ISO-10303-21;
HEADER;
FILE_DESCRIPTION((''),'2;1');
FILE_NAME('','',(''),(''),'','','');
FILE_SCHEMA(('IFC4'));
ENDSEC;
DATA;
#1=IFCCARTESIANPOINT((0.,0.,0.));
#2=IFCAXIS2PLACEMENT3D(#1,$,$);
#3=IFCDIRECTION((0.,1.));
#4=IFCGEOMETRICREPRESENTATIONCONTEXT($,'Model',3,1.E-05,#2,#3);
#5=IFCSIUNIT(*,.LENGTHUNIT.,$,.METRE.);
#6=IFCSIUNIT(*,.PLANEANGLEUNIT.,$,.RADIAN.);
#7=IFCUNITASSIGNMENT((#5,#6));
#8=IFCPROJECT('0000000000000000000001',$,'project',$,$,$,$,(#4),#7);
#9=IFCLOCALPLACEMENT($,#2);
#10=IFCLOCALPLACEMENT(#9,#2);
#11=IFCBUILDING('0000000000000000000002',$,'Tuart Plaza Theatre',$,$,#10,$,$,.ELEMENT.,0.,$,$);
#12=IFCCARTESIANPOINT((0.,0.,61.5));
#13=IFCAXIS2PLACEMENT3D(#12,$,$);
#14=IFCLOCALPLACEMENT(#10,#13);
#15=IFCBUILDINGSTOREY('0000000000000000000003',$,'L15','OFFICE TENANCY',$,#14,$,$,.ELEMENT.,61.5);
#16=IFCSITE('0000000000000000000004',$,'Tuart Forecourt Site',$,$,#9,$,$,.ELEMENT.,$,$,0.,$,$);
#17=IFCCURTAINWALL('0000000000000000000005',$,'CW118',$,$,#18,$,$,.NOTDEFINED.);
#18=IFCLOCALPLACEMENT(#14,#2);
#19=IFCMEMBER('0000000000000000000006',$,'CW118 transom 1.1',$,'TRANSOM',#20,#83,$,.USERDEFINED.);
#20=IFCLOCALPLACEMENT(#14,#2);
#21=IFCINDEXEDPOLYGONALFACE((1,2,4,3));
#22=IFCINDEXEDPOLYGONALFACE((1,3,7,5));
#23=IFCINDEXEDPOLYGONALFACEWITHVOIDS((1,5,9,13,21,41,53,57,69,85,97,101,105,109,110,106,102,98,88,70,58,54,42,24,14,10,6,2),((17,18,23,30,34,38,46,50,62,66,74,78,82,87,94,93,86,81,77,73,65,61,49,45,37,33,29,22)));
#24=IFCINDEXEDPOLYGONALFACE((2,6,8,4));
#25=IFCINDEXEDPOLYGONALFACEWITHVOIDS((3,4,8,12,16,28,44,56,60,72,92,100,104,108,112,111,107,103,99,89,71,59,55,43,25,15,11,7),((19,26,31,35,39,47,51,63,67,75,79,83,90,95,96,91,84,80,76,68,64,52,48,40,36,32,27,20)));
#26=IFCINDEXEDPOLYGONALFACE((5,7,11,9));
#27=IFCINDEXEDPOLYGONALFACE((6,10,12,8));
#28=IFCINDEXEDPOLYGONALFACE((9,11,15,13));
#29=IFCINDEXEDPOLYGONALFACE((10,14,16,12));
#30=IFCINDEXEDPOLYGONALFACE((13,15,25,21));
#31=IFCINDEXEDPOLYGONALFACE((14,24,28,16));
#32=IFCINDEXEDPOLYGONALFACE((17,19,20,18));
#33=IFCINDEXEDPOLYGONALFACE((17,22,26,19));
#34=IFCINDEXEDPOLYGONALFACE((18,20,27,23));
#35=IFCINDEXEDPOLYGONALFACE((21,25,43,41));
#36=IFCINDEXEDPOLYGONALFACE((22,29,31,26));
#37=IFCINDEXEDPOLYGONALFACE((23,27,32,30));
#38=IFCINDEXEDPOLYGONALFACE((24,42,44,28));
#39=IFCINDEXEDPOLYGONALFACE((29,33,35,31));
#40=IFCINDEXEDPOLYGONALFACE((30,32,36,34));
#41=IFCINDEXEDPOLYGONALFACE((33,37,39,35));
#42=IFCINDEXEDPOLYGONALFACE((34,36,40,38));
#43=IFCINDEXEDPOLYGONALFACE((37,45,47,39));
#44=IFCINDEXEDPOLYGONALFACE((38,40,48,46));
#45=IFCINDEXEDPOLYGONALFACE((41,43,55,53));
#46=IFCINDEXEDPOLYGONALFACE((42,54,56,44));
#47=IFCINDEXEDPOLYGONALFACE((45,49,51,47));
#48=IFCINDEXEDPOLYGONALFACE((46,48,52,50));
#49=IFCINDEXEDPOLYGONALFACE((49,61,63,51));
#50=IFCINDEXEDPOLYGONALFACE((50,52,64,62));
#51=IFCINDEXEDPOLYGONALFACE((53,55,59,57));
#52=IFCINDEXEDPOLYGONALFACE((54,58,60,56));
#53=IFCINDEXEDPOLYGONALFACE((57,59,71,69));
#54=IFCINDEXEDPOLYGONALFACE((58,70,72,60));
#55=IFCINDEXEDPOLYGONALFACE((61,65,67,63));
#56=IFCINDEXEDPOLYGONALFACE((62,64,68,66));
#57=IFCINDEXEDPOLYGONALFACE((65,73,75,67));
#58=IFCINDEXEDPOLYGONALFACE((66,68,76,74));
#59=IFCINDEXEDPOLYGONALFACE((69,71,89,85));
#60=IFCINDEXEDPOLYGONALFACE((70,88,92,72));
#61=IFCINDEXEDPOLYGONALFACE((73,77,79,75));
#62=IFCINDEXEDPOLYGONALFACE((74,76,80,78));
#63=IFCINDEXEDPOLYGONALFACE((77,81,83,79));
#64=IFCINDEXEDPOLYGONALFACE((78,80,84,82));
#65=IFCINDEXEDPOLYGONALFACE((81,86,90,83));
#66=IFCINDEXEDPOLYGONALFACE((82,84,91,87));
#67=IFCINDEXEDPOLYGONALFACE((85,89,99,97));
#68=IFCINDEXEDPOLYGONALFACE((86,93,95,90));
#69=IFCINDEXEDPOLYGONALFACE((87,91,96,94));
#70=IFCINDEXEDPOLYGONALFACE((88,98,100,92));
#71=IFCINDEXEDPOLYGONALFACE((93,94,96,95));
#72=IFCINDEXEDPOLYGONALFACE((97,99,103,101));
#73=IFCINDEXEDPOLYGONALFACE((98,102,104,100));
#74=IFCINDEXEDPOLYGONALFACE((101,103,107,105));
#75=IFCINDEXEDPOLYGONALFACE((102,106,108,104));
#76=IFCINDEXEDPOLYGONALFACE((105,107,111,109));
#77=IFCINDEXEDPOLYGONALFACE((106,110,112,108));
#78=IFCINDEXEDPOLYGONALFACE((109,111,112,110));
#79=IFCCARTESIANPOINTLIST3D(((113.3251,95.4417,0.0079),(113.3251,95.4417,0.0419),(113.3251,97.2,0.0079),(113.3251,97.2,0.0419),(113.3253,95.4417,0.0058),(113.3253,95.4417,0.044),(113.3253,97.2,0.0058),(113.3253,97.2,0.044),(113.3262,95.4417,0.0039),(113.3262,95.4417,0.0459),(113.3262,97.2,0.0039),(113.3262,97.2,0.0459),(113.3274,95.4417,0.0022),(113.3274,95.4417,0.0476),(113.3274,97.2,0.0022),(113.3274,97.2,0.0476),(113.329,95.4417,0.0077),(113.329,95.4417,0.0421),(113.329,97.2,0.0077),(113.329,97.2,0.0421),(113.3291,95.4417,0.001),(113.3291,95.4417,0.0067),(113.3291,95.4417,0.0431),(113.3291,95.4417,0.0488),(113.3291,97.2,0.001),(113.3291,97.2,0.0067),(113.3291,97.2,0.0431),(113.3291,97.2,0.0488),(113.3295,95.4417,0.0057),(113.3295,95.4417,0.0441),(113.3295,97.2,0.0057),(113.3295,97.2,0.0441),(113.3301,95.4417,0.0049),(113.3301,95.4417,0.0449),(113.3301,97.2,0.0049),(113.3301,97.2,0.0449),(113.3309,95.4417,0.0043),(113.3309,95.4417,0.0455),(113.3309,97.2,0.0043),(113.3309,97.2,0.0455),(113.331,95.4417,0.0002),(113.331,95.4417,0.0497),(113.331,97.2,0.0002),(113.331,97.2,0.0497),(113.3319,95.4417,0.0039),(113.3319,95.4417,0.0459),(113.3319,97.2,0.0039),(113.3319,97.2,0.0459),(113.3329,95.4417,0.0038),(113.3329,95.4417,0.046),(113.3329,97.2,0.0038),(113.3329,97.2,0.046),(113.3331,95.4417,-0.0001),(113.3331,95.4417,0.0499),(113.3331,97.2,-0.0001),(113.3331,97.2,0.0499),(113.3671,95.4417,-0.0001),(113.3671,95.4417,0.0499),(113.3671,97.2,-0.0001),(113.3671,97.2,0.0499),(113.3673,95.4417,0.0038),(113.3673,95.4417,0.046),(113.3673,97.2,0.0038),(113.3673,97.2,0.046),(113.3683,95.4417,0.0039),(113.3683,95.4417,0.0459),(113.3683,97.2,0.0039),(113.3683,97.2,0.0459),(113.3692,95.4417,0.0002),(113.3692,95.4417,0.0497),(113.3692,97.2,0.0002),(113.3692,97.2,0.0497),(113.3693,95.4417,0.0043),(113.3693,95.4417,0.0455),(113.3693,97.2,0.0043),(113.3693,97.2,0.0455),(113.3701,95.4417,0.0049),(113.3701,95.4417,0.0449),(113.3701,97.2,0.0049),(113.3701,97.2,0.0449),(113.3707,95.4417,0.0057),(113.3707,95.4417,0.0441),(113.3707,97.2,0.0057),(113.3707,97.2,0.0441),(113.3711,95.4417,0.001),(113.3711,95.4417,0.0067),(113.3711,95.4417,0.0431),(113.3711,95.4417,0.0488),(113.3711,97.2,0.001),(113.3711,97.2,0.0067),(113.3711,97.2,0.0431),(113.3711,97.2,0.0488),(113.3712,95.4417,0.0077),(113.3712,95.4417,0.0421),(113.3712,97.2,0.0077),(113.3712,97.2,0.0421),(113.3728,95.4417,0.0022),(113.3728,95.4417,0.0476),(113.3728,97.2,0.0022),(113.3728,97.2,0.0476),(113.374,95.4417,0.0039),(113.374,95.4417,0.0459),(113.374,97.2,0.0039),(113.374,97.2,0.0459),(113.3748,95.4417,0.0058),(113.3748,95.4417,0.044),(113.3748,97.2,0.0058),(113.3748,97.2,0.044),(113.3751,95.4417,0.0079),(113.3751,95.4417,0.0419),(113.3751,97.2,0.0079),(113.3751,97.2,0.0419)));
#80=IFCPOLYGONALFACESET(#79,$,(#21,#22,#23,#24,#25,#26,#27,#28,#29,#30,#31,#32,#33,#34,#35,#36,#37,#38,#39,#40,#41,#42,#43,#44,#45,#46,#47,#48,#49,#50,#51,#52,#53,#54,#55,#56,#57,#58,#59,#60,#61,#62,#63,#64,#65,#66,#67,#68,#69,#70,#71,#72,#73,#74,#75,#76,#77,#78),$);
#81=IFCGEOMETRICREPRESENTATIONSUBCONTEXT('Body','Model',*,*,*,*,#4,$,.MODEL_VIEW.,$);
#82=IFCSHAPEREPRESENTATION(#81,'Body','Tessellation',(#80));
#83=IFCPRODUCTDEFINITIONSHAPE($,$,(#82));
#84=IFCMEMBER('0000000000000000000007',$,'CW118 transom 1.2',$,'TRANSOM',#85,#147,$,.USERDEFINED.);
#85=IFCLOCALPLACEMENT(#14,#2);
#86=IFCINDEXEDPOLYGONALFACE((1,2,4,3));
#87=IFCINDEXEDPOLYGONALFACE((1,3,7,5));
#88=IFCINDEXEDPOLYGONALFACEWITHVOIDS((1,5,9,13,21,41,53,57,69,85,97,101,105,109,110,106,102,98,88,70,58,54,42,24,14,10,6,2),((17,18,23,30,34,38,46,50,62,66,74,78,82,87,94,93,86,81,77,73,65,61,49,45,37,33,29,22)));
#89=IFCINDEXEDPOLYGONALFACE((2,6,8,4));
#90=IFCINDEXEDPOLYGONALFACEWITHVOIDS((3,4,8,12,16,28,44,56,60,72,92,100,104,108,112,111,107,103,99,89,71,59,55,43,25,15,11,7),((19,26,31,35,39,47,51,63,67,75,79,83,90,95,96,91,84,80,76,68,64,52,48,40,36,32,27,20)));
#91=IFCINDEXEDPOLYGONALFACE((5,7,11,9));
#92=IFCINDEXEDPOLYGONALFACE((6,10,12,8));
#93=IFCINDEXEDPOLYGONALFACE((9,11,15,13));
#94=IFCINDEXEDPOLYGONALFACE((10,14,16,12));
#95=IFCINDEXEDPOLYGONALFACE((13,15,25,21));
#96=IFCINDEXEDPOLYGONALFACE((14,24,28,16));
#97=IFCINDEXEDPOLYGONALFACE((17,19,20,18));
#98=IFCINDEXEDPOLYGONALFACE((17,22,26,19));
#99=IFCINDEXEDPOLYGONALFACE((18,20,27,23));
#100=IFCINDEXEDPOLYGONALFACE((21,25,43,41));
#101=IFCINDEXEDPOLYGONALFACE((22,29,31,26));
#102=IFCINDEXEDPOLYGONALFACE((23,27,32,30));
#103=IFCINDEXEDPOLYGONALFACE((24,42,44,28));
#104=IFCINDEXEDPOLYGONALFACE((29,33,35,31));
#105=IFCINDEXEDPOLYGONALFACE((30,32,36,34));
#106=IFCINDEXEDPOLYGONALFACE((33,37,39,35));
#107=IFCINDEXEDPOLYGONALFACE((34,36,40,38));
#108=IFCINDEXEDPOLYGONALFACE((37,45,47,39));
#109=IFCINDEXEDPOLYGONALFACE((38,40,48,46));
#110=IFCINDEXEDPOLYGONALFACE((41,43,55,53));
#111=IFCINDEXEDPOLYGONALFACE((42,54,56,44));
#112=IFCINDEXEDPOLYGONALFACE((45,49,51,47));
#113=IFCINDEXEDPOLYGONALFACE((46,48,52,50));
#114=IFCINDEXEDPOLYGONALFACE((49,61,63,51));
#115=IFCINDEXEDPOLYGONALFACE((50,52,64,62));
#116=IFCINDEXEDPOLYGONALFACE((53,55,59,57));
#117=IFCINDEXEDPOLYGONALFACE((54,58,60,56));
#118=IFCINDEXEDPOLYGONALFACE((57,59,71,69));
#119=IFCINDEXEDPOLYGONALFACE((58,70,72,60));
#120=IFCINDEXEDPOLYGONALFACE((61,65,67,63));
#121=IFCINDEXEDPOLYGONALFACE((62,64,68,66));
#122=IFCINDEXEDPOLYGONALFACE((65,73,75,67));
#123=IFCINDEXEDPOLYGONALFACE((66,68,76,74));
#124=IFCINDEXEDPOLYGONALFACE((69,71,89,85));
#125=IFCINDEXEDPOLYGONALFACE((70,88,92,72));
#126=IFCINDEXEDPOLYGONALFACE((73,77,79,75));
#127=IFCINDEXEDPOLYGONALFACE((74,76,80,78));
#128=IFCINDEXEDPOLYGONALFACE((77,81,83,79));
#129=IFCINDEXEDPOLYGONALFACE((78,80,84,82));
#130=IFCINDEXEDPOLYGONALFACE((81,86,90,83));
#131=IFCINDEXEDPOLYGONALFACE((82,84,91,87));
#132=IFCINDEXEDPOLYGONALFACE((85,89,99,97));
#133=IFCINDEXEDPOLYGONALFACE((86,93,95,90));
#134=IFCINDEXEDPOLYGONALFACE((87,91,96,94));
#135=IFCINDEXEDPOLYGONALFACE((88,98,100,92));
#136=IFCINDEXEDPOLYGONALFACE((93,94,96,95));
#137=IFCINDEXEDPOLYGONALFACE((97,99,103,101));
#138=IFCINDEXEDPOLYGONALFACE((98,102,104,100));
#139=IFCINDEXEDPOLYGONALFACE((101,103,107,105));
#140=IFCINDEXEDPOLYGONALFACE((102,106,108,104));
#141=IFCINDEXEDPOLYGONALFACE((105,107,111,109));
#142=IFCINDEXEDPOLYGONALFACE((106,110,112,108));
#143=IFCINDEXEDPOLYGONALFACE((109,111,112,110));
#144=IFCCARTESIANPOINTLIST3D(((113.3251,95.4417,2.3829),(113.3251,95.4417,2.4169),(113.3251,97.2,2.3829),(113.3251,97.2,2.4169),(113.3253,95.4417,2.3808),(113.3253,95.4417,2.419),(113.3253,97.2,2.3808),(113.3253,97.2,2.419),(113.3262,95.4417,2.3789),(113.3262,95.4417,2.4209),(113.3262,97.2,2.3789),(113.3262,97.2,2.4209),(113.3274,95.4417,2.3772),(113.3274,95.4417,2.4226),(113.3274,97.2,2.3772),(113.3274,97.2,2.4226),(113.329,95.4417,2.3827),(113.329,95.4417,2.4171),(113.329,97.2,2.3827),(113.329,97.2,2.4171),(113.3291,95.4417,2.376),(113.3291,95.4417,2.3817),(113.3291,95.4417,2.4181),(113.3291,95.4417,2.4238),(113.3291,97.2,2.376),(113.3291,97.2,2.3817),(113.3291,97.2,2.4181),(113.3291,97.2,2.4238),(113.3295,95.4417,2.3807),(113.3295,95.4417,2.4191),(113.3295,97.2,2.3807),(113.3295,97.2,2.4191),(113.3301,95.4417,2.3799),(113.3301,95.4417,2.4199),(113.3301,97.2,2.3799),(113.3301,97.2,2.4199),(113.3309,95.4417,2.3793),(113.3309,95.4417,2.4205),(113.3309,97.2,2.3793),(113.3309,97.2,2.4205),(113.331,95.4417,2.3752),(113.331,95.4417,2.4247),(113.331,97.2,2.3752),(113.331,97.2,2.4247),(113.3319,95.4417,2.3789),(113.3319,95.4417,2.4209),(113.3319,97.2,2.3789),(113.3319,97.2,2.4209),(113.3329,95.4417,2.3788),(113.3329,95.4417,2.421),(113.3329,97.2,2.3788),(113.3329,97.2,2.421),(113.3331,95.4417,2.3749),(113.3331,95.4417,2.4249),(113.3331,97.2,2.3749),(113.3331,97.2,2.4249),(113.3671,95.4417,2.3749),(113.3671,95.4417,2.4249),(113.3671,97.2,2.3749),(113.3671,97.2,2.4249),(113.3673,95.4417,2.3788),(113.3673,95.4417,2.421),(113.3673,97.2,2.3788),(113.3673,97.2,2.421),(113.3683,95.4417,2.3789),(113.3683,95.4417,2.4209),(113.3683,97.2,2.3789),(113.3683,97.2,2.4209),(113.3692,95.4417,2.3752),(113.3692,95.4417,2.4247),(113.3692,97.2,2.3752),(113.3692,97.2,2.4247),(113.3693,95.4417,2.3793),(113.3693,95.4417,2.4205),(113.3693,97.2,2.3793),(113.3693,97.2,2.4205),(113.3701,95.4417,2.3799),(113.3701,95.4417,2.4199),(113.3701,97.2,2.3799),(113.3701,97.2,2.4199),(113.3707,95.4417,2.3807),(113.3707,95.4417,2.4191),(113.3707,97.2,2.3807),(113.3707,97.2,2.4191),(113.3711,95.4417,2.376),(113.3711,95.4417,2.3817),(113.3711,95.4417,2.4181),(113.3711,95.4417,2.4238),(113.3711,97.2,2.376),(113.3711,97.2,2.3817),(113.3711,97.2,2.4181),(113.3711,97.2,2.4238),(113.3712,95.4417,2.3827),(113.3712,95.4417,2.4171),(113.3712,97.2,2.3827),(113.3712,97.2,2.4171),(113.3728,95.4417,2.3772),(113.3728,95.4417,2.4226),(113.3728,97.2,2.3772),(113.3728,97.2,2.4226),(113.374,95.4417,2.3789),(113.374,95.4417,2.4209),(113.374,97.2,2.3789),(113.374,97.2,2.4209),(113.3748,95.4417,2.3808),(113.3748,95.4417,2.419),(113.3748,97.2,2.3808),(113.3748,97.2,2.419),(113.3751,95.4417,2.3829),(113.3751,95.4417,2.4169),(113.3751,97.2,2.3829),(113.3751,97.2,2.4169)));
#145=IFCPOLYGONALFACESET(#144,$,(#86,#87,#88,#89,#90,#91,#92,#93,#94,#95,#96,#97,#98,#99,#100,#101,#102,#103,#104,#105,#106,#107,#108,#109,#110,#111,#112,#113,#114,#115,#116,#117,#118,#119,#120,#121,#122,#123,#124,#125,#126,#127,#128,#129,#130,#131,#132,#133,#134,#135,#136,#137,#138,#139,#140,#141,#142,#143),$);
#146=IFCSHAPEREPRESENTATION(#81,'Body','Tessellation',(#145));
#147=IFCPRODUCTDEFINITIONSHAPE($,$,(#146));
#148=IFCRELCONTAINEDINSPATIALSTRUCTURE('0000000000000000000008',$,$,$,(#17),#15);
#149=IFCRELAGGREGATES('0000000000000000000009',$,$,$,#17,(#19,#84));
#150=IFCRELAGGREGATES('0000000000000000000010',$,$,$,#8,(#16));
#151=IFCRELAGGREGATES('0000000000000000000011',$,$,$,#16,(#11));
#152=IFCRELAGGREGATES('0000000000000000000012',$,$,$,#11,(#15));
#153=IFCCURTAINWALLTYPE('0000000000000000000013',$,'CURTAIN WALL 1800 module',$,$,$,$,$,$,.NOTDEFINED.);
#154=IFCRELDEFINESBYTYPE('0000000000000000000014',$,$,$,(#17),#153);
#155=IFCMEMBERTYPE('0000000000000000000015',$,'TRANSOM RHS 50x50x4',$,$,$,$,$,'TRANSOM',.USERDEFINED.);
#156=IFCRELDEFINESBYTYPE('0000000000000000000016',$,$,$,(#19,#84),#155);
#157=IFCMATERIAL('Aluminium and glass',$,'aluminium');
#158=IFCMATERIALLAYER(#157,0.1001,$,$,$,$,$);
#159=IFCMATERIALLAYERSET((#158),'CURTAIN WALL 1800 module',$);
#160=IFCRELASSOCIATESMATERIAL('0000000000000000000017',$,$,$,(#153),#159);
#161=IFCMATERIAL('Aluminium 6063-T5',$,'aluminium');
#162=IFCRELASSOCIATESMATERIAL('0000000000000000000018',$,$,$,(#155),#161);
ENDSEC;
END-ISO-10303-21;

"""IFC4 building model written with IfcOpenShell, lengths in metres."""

from ifc_helpers import new_model, si_unit, direction, frame, origin, origin_2d, place, context, subcontext, project, spatial, hollow_rectangle, extrude, material, layer, layer_set, material_profile, profile_set, type_object, element, aggregate, save


model = new_model("IFC4")

# Units and contexts
model_context = context("Model", 3, precision=1e-05, world=origin(), true_north=direction((0.0, 1.0)))
body_context = subcontext(model_context, "Body", "Model", "MODEL_VIEW")
ifc_project = project(units=[si_unit("LENGTHUNIT", "METRE"), si_unit("PLANEANGLEUNIT", "RADIAN")], contexts=[model_context])

# Site, building, storey
site_placement = place(None, origin())
site = spatial("IfcSite", under=ifc_project, at=site_placement, Name="Tuart Forecourt Site", CompositionType="ELEMENT", RefElevation=0.0)
building_placement = place(site_placement, origin())
building = spatial("IfcBuilding", under=site, at=building_placement, Name="Tuart Plaza Theatre", CompositionType="ELEMENT", ElevationOfRefHeight=0.0)
storey_placement = place(building_placement, frame((0.0, 0.0, 61.5)))
storey = spatial("IfcBuildingStorey", under=building, at=storey_placement, Name="L15", Description="OFFICE TENANCY", CompositionType="ELEMENT", Elevation=61.5)

# Curtain wall, members
ifc_material_1 = material(Name="Aluminium and glass", Category="aluminium")
ifc_layer_1 = layer(ifc_material_1, 0.1001)
ifc_layer_set_1 = layer_set([ifc_layer_1], Name="CURTAIN WALL 1800 module")
curtain_wall_type = type_object("IfcCurtainWallType", Name="CURTAIN WALL 1800 module", PredefinedType="NOTDEFINED", material=ifc_layer_set_1)
curtain_wall_placement = place(storey_placement, origin())
curtain_wall = element("IfcCurtainWall", 1, at=curtain_wall_placement, inside=storey, type_object=curtain_wall_type, Name="CW118", PredefinedType="NOTDEFINED")
ifc_material_2 = material(Name="Aluminium 6063-T5", Category="aluminium")
ifc_material_profile_1 = material_profile(ifc_material_2, hollow_rectangle(XDim=0.05, YDim=0.05, WallThickness=0.0039, InnerFilletRadius=0.0039, OuterFilletRadius=0.0081, at=origin_2d()), Name="RHS 50x50x4")
ifc_profile_set_1 = profile_set([ifc_material_profile_1], Name="Aluminium 6063-T5")
member_type_1 = type_object("IfcMemberType", Name="TRANSOM RHS 50x50x4", ElementType="TRANSOM", PredefinedType="USERDEFINED", material=ifc_profile_set_1)
member_1_placement = place(storey_placement, frame((113.3501, 97.2, 0.0249), z_axis=(0.0, -1.0, 0.0), x_axis=(1.0, 0.0, 0.0)))
member_1 = element("IfcMember", 2, at=member_1_placement, type_object=member_type_1, Name="CW118 transom 1.1", ObjectType="TRANSOM", PredefinedType="USERDEFINED", context=body_context, shape_type="SweptSolid", body=[
    extrude(hollow_rectangle(XDim=0.05, YDim=0.05, WallThickness=0.0039, InnerFilletRadius=0.0039, OuterFilletRadius=0.0081, at=origin_2d()), origin(), (0.0, 0.0, 1.0), 1.7583),
])
member_2_placement = place(storey_placement, frame((113.3501, 97.2, 2.3999), z_axis=(0.0, -1.0, 0.0), x_axis=(1.0, 0.0, 0.0)))
member_2 = element("IfcMember", 3, at=member_2_placement, type_object=member_type_1, Name="CW118 transom 1.2", ObjectType="TRANSOM", PredefinedType="USERDEFINED", context=body_context, shape_type="SweptSolid", body=[
    extrude(hollow_rectangle(XDim=0.05, YDim=0.05, WallThickness=0.0039, InnerFilletRadius=0.0039, OuterFilletRadius=0.0081, at=origin_2d()), origin(), (0.0, 0.0, 1.0), 1.7583),
])
aggregate(curtain_wall, [member_1, member_2])

save(model, "model.ifc")
